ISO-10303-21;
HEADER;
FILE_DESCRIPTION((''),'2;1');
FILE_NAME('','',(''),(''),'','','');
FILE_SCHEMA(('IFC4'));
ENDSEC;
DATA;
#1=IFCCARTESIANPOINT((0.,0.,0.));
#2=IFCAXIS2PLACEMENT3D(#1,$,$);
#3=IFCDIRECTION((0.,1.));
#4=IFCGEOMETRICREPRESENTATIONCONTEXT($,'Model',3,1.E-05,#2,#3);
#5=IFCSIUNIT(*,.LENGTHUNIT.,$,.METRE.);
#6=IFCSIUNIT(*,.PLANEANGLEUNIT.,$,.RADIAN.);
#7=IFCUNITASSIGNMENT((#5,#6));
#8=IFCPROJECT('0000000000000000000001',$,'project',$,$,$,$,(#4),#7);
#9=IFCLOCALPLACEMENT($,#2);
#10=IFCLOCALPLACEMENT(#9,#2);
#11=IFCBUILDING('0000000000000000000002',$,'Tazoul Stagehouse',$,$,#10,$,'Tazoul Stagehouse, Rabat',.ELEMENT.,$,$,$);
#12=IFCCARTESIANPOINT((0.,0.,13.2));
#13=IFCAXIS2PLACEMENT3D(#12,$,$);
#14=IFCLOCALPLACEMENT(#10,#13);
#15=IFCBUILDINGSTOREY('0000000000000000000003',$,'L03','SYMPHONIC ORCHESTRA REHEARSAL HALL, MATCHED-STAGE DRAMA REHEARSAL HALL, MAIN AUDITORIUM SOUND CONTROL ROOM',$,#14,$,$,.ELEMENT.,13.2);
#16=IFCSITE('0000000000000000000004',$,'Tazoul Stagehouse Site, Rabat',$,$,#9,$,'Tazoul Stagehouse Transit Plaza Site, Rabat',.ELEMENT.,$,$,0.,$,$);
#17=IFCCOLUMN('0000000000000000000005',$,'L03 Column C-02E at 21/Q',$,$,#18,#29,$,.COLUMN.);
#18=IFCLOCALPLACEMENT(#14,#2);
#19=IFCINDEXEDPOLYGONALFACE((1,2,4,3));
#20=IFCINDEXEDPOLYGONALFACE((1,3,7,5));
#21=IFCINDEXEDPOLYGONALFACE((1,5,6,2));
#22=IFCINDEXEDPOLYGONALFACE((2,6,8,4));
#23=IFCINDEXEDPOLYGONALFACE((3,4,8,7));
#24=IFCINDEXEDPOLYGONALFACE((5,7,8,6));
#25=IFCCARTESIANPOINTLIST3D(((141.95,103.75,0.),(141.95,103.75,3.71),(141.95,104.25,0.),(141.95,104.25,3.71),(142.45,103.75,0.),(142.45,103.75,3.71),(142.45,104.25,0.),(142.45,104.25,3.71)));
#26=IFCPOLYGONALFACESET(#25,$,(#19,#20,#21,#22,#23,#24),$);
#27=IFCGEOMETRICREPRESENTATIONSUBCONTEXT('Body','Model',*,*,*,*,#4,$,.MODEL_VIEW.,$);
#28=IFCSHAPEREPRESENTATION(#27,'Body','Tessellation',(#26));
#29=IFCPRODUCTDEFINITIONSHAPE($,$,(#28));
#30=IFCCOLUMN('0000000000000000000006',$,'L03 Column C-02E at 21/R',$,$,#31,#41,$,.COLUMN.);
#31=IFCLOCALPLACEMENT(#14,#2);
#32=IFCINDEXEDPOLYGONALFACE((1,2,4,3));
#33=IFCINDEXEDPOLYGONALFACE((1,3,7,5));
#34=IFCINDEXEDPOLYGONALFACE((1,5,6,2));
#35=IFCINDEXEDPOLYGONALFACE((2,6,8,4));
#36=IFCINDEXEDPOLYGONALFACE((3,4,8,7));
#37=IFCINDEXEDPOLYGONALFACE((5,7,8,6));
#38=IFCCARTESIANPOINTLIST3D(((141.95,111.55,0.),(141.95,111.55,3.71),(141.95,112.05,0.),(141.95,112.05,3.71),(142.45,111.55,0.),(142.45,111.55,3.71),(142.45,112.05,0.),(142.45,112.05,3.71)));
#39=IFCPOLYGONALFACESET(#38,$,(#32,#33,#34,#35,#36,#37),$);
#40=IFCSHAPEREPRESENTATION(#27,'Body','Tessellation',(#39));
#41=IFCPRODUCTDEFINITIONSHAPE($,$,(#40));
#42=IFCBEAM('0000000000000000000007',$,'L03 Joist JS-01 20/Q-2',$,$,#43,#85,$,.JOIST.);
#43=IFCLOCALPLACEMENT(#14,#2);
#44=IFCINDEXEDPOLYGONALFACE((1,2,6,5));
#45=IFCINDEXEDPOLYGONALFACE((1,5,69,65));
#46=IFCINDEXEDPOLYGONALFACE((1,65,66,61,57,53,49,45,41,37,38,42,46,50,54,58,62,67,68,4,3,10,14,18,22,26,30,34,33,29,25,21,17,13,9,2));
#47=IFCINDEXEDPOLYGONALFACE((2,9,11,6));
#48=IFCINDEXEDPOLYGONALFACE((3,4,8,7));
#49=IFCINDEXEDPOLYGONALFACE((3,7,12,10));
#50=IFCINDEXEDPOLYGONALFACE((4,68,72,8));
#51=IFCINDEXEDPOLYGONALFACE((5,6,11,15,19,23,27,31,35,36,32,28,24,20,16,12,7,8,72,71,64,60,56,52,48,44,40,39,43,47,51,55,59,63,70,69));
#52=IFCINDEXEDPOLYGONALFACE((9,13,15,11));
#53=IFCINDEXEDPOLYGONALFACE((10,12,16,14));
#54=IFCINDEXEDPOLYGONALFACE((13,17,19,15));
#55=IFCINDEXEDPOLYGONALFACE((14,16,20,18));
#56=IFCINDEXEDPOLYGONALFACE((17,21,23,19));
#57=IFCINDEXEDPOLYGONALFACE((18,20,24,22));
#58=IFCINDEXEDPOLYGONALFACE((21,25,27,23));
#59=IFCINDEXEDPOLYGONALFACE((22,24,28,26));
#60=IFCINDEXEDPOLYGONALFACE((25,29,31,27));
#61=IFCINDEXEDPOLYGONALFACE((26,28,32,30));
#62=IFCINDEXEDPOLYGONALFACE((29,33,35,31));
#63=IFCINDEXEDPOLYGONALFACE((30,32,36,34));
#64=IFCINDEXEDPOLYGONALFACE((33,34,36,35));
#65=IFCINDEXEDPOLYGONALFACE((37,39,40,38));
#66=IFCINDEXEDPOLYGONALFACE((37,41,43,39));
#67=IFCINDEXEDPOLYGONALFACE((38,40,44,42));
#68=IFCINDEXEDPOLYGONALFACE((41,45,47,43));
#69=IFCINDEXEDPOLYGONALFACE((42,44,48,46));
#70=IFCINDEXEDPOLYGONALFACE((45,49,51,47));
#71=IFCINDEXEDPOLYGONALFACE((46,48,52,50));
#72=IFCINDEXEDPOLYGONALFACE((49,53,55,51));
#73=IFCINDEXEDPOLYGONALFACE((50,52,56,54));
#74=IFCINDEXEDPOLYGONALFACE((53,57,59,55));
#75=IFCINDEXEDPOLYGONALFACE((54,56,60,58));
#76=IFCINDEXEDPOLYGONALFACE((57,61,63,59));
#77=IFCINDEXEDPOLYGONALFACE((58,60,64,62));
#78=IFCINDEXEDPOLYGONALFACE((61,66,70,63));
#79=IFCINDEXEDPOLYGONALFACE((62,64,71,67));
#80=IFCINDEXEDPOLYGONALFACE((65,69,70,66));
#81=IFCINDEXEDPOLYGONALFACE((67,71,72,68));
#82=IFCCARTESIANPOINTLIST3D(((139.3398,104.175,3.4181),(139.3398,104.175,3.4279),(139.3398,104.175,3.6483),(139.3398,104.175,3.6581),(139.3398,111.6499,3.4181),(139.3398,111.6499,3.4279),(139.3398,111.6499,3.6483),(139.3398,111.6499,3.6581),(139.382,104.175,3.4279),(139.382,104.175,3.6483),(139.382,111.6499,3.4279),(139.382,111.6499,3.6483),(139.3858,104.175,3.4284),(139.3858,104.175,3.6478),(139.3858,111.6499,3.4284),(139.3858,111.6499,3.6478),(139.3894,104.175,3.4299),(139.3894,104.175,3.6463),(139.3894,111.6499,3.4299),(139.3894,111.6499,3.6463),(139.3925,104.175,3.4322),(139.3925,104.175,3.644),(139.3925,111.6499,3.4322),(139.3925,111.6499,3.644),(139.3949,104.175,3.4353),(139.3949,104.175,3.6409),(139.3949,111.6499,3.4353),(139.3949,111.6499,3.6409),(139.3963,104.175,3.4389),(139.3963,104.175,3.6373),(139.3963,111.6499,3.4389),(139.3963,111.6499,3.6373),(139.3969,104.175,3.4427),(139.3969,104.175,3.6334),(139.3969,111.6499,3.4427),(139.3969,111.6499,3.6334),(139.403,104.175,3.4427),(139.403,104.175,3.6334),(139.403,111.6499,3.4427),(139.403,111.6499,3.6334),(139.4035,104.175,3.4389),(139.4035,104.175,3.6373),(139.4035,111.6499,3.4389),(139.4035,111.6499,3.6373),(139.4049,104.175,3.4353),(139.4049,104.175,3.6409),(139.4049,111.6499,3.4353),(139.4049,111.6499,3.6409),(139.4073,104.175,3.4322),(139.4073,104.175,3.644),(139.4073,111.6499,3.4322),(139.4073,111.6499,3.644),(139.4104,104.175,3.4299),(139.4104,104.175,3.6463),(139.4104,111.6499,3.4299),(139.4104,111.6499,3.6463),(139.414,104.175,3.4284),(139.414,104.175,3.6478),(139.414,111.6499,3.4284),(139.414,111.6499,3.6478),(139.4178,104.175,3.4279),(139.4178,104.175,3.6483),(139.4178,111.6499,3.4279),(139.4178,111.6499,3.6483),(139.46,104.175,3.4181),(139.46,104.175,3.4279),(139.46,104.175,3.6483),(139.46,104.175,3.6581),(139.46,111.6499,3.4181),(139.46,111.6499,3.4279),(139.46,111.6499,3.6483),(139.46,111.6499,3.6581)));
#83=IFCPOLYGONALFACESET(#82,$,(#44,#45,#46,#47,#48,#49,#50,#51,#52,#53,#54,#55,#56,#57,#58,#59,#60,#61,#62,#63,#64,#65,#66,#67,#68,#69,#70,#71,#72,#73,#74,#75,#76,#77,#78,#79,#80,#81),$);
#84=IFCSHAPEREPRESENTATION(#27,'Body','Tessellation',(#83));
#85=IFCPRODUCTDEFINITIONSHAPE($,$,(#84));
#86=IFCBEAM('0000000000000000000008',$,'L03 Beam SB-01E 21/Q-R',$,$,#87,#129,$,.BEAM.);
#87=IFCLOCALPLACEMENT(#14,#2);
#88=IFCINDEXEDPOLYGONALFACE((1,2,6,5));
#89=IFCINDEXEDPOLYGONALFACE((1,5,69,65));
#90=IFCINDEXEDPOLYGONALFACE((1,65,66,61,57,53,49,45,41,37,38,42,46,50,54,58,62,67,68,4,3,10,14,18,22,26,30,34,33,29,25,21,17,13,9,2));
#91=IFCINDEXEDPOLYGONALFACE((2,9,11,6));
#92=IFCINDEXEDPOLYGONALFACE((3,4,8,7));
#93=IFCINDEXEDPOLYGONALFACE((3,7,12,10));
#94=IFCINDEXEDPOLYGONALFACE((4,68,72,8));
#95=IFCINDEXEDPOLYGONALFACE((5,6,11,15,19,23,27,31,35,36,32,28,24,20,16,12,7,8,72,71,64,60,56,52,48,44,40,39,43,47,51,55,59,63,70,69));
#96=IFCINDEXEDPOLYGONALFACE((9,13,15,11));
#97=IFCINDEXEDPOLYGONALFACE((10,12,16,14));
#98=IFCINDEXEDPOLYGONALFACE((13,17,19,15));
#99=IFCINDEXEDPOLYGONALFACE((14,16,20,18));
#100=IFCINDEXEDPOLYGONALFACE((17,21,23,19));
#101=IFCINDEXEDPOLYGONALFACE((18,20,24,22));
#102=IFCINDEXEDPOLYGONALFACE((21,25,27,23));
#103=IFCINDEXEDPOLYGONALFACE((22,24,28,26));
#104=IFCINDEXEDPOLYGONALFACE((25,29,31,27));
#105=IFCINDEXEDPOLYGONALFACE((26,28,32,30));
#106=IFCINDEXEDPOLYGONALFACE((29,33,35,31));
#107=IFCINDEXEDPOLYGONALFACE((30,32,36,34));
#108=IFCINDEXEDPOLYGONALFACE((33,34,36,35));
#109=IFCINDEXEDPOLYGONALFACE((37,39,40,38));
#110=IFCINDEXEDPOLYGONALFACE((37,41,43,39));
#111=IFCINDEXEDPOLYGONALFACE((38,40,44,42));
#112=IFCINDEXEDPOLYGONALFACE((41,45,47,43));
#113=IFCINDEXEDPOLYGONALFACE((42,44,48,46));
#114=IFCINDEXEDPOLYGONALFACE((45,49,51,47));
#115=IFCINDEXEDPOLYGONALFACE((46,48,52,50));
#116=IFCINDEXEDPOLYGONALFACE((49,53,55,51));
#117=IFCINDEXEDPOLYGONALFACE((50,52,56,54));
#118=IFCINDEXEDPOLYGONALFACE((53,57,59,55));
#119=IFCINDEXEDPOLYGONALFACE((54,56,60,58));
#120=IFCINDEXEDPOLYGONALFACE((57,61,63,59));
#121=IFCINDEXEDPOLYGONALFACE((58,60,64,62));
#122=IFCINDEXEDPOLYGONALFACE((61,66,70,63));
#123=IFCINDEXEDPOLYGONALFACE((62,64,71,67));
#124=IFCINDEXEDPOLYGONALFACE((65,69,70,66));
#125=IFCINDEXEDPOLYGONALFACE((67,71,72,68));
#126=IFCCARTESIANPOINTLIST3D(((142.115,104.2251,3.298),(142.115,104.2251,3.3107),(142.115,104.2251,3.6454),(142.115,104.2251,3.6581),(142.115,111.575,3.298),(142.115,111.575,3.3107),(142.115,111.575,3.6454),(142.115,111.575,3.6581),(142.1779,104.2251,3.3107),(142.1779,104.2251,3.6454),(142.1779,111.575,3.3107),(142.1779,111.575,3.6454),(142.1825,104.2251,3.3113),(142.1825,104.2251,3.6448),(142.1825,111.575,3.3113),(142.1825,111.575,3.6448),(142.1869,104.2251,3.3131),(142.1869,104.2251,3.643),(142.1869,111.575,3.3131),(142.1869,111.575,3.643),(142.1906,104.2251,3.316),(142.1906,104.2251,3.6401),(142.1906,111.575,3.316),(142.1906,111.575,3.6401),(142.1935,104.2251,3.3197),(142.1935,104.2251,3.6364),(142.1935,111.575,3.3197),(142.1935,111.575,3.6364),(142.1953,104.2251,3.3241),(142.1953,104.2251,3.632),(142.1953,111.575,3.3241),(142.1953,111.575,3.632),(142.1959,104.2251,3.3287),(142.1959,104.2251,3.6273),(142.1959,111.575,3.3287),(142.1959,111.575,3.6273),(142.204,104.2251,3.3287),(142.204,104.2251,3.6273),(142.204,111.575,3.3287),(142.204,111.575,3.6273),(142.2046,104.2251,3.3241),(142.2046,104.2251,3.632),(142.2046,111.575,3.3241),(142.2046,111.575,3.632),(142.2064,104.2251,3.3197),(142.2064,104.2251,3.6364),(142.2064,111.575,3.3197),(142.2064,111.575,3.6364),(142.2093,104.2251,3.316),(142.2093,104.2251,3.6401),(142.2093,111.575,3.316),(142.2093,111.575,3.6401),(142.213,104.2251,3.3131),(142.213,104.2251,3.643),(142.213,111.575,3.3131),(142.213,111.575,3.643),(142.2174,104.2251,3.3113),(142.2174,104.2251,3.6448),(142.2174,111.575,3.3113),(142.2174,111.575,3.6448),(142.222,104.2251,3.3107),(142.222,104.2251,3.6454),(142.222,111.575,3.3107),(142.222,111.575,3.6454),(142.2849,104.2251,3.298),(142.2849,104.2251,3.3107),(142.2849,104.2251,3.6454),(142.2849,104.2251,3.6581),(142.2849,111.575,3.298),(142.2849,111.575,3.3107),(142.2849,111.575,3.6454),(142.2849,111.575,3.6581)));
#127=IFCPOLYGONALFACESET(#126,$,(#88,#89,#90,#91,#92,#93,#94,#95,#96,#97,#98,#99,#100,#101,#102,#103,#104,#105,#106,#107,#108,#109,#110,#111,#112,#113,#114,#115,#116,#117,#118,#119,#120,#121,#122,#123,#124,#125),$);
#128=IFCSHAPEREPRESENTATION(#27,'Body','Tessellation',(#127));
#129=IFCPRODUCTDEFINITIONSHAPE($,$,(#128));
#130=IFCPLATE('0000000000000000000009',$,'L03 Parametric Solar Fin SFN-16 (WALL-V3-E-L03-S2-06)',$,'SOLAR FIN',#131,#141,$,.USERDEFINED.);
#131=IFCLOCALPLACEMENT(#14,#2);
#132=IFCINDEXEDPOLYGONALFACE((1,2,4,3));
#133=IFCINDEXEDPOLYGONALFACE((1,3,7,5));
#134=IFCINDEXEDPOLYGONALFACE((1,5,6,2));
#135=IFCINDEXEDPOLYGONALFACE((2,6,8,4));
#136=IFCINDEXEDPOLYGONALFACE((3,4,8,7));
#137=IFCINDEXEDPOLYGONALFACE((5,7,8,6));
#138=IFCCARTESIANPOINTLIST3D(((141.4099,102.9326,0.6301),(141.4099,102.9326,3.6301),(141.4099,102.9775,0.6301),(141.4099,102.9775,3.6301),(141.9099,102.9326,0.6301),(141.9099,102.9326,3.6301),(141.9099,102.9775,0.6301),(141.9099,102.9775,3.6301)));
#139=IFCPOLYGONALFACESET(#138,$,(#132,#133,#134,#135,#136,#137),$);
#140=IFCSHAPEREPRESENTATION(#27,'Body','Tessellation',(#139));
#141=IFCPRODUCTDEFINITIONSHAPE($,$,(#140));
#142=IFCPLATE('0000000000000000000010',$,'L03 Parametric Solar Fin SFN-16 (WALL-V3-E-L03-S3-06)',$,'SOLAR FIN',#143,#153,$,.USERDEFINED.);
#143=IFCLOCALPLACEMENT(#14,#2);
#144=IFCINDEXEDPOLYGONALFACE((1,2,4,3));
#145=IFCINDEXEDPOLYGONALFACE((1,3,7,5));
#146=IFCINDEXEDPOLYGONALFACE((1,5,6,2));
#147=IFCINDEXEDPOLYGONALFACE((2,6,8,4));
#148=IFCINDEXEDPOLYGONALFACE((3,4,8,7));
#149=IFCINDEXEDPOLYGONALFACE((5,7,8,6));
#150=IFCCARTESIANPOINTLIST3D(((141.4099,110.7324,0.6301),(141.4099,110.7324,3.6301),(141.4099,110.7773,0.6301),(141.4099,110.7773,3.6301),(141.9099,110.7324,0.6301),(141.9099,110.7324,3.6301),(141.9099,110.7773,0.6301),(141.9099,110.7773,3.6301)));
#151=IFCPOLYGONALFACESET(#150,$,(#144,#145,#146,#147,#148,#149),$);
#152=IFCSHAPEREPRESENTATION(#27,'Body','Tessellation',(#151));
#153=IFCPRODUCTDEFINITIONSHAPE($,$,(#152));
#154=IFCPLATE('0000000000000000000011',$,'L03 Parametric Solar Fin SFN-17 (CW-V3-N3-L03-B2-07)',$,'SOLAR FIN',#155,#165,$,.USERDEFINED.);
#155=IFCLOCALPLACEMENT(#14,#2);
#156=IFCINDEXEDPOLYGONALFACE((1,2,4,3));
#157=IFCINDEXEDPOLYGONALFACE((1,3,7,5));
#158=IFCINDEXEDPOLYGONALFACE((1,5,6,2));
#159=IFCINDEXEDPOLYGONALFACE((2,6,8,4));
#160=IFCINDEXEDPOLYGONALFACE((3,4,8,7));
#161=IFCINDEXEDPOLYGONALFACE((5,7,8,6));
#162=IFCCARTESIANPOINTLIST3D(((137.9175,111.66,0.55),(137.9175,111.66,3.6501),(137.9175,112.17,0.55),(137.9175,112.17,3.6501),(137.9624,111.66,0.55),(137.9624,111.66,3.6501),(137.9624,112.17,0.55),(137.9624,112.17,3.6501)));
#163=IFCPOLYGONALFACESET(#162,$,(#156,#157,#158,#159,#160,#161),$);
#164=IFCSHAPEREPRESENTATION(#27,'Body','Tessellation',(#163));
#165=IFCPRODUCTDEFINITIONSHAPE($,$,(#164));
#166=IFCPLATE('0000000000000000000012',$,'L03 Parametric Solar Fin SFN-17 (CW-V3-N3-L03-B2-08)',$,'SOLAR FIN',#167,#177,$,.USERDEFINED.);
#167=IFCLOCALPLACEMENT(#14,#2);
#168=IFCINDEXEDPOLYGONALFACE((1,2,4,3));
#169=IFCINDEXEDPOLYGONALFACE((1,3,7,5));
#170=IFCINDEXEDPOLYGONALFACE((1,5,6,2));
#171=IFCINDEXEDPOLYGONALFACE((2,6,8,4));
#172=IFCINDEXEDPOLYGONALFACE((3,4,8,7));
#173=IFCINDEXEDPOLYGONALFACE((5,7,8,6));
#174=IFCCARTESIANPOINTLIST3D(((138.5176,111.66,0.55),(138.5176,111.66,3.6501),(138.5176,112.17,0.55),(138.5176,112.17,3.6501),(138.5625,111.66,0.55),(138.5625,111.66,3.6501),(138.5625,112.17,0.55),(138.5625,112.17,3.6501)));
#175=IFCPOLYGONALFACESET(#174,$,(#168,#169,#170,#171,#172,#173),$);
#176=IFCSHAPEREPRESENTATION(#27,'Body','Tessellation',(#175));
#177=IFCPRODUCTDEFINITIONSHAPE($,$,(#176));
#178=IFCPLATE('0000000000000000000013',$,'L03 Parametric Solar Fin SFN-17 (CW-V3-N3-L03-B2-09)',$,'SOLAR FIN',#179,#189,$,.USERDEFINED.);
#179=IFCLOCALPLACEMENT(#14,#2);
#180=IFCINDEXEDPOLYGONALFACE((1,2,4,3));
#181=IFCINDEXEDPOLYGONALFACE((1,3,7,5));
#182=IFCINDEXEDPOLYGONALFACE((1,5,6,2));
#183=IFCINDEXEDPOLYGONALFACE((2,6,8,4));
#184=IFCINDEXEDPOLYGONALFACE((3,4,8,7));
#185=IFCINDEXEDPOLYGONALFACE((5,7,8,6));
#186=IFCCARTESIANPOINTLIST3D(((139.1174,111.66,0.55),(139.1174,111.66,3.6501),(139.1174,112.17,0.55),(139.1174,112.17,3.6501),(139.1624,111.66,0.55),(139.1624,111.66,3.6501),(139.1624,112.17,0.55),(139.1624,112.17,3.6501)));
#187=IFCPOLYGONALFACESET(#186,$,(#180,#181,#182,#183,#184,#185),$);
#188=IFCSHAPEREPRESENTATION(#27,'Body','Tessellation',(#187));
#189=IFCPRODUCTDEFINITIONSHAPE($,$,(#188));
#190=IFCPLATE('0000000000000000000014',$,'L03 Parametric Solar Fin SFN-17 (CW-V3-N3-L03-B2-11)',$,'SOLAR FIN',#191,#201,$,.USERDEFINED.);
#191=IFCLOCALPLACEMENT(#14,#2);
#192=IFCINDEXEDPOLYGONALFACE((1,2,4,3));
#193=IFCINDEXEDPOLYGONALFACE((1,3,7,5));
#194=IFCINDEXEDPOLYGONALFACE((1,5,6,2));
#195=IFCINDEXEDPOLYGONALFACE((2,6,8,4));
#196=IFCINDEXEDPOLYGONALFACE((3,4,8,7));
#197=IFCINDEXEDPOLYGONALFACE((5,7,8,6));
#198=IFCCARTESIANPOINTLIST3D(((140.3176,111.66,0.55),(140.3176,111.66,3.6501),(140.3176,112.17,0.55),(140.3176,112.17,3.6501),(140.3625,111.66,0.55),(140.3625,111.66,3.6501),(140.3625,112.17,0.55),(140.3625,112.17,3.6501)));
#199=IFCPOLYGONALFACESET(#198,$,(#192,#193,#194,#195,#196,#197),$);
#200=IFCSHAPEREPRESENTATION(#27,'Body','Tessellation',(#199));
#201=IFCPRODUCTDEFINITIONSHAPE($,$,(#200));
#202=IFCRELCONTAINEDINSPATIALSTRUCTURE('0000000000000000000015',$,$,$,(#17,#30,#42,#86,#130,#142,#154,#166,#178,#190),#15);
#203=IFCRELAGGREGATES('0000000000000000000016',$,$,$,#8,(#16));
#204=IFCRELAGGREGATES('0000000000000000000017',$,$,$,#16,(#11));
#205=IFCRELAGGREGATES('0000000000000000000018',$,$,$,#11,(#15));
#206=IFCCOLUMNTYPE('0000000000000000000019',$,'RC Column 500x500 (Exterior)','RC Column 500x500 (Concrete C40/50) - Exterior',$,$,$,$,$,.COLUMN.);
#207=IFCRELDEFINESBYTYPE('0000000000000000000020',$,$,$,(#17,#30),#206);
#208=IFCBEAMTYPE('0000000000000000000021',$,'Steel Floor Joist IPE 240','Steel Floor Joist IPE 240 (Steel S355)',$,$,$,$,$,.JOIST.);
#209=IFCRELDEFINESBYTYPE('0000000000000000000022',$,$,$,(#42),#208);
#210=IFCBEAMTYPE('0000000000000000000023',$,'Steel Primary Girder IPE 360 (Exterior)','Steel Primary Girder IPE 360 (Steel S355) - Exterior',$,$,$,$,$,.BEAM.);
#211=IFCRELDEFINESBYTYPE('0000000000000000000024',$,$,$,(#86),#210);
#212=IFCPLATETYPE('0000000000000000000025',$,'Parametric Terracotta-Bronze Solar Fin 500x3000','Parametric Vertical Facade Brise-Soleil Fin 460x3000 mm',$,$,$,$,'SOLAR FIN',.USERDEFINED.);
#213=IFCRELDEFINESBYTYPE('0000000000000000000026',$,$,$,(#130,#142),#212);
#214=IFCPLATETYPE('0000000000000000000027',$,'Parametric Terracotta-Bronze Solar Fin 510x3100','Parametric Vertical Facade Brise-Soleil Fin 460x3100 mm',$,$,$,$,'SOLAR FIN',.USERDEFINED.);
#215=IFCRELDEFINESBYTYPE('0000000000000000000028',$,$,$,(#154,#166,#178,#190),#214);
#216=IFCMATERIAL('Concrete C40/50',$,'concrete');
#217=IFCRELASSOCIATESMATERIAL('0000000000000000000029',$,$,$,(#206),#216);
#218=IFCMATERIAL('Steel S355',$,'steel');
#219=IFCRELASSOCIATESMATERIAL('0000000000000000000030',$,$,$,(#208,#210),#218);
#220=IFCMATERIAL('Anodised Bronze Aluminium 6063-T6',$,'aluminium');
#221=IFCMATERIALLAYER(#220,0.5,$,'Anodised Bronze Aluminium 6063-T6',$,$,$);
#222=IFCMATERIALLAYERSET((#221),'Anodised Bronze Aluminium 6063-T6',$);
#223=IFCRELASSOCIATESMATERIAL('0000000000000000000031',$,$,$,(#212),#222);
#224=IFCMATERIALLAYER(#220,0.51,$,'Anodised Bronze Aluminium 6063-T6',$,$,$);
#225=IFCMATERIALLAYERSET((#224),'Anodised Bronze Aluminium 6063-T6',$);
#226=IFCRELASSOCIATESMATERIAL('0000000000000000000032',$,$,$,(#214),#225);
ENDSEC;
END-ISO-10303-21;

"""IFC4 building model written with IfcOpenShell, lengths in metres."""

from ifc_helpers import new_model, si_unit, direction, frame, origin, origin_2d, place, context, subcontext, project, spatial, rectangle, i_section, extrude, material, layer, layer_set, material_profile, profile_set, type_object, element, save


model = new_model("IFC4")

# Units and contexts
model_context = context("Model", 3, precision=1e-05, world=origin(), true_north=direction((0.0, 1.0)))
body_context = subcontext(model_context, "Body", "Model", "MODEL_VIEW")
ifc_project = project(units=[si_unit("LENGTHUNIT", "METRE"), si_unit("PLANEANGLEUNIT", "RADIAN")], contexts=[model_context])

# Site, building, storey
site_placement = place(None, origin())
site = spatial("IfcSite", under=ifc_project, at=site_placement, Name="Tazoul Stagehouse Site, Rabat", LongName="Tazoul Stagehouse Transit Plaza Site, Rabat", CompositionType="ELEMENT", RefElevation=0.0)
building_placement = place(site_placement, origin())
building = spatial("IfcBuilding", under=site, at=building_placement, Name="Tazoul Stagehouse", LongName="Tazoul Stagehouse, Rabat", CompositionType="ELEMENT")
storey_placement = place(building_placement, frame((0.0, 0.0, 13.2)))
storey = spatial("IfcBuildingStorey", under=building, at=storey_placement, Name="L03", Description="SYMPHONIC ORCHESTRA REHEARSAL HALL, MATCHED-STAGE DRAMA REHEARSAL HALL, MAIN AUDITORIUM SOUND CONTROL ROOM", CompositionType="ELEMENT", Elevation=13.2)

# Columns
ifc_material_1 = material(Name="Concrete C40/50", Category="concrete")
ifc_material_profile_1 = material_profile(ifc_material_1, rectangle(XDim=0.5, YDim=0.5, at=origin_2d()), Name="RC 500x500")
ifc_profile_set_1 = profile_set([ifc_material_profile_1], Name="Concrete C40/50")
column_type = type_object("IfcColumnType", Name="RC Column 500x500 (Exterior)", Description="RC Column 500x500 (Concrete C40/50) - Exterior", PredefinedType="COLUMN", material=ifc_profile_set_1)
for number, where, z_axis, x_axis, name in (
    (1, (142.2, 104.0, 0.0), (0.0, 0.0, 1.0), (1.0, 0.0, 0.0), "L03 Column C-02E at 21/Q"),
    (2, (142.2, 111.8, 0.0), (0.0, 0.0, 1.0), (1.0, 0.0, 0.0), "L03 Column C-02E at 21/R"),
):
    element("IfcColumn", number, at=place(storey_placement, frame(where, z_axis=z_axis, x_axis=x_axis)), inside=storey, type_object=column_type, Name=name, PredefinedType="COLUMN", context=body_context, shape_type="SweptSolid", body=[
        extrude(rectangle(XDim=0.5, YDim=0.5, at=origin_2d()), origin(), (0.0, 0.0, 1.0), 3.71),
    ])

# Beams
ifc_material_2 = material(Name="Steel S355", Category="steel")
ifc_material_profile_2 = material_profile(ifc_material_2, i_section(OverallWidth=0.1201, OverallDepth=0.24, WebThickness=0.0061, FlangeThickness=0.0098, FilletRadius=0.0149, at=origin_2d()), Name="IPE 240")
ifc_profile_set_2 = profile_set([ifc_material_profile_2], Name="Steel S355")
beam_type_1 = type_object("IfcBeamType", Name="Steel Floor Joist IPE 240", Description="Steel Floor Joist IPE 240 (Steel S355)", PredefinedType="JOIST", material=ifc_profile_set_2)
beam_1_placement = place(storey_placement, frame((139.3999, 104.175, 3.5381), z_axis=(0.0, 1.0, 0.0), x_axis=(-1.0, 0.0, 0.0)))
element("IfcBeam", 3, at=beam_1_placement, inside=storey, type_object=beam_type_1, Name="L03 Joist JS-01 20/Q-2", PredefinedType="JOIST", context=body_context, shape_type="SweptSolid", body=[
    extrude(i_section(OverallWidth=0.1201, OverallDepth=0.24, WebThickness=0.0061, FlangeThickness=0.0098, FilletRadius=0.0149, at=origin_2d()), origin(), (0.0, 0.0, 1.0), 7.4749),
])
ifc_material_profile_3 = material_profile(ifc_material_2, i_section(OverallWidth=0.1699, OverallDepth=0.3601, WebThickness=0.0081, FlangeThickness=0.0127, FilletRadius=0.0181, at=origin_2d()), Name="IPE 360")
ifc_profile_set_3 = profile_set([ifc_material_profile_3], Name="Steel S355")
beam_type_2 = type_object("IfcBeamType", Name="Steel Primary Girder IPE 360 (Exterior)", Description="Steel Primary Girder IPE 360 (Steel S355) - Exterior", PredefinedType="BEAM", material=ifc_profile_set_3)
beam_2_placement = place(storey_placement, frame((142.2, 104.2251, 3.478), z_axis=(0.0, 1.0, 0.0), x_axis=(-1.0, 0.0, 0.0)))
element("IfcBeam", 4, at=beam_2_placement, inside=storey, type_object=beam_type_2, Name="L03 Beam SB-01E 21/Q-R", PredefinedType="BEAM", context=body_context, shape_type="SweptSolid", body=[
    extrude(i_section(OverallWidth=0.1699, OverallDepth=0.3601, WebThickness=0.0081, FlangeThickness=0.0127, FilletRadius=0.0181, at=origin_2d()), origin(), (0.0, 0.0, 1.0), 7.3499),
])

# Plates
ifc_material_3 = material(Name="Anodised Bronze Aluminium 6063-T6", Category="aluminium")
ifc_layer_1 = layer(ifc_material_3, 0.5, Name="Anodised Bronze Aluminium 6063-T6")
ifc_layer_set_1 = layer_set([ifc_layer_1], Name="Anodised Bronze Aluminium 6063-T6")
plate_type_1 = type_object("IfcPlateType", Name="Parametric Terracotta-Bronze Solar Fin 500x3000", Description="Parametric Vertical Facade Brise-Soleil Fin 460x3000 mm", ElementType="SOLAR FIN", PredefinedType="USERDEFINED", material=ifc_layer_set_1)
for number, where, z_axis, x_axis, name in (
    (5, (141.6599, 102.9551, 0.6301), (0.0, 0.0, 1.0), (0.0, 1.0, 0.0), "L03 Parametric Solar Fin SFN-16 (WALL-V3-E-L03-S2-06)"),
    (6, (141.6599, 110.7549, 0.6301), (0.0, 0.0, 1.0), (0.0, 1.0, 0.0), "L03 Parametric Solar Fin SFN-16 (WALL-V3-E-L03-S3-06)"),
):
    element("IfcPlate", number, at=place(storey_placement, frame(where, z_axis=z_axis, x_axis=x_axis)), inside=storey, type_object=plate_type_1, Name=name, ObjectType="SOLAR FIN", PredefinedType="USERDEFINED", context=body_context, shape_type="SweptSolid", body=[
        extrude(rectangle(XDim=0.0449, YDim=0.5, at=origin_2d()), origin(), (0.0, 0.0, 1.0), 3.0),
    ])
ifc_layer_2 = layer(ifc_material_3, 0.51, Name="Anodised Bronze Aluminium 6063-T6")
ifc_layer_set_2 = layer_set([ifc_layer_2], Name="Anodised Bronze Aluminium 6063-T6")
plate_type_2 = type_object("IfcPlateType", Name="Parametric Terracotta-Bronze Solar Fin 510x3100", Description="Parametric Vertical Facade Brise-Soleil Fin 460x3100 mm", ElementType="SOLAR FIN", PredefinedType="USERDEFINED", material=ifc_layer_set_2)
for number, where, z_axis, x_axis, name in (
    (7, (137.9399, 111.915, 0.55), (0.0, 0.0, 1.0), (1.0, 0.0, 0.0), "L03 Parametric Solar Fin SFN-17 (CW-V3-N3-L03-B2-07)"),
    (8, (138.54, 111.915, 0.55), (0.0, 0.0, 1.0), (1.0, 0.0, 0.0), "L03 Parametric Solar Fin SFN-17 (CW-V3-N3-L03-B2-08)"),
    (9, (139.1399, 111.915, 0.55), (0.0, 0.0, 1.0), (1.0, 0.0, 0.0), "L03 Parametric Solar Fin SFN-17 (CW-V3-N3-L03-B2-09)"),
    (10, (140.3401, 111.915, 0.55), (0.0, 0.0, 1.0), (1.0, 0.0, 0.0), "L03 Parametric Solar Fin SFN-17 (CW-V3-N3-L03-B2-11)"),
):
    element("IfcPlate", number, at=place(storey_placement, frame(where, z_axis=z_axis, x_axis=x_axis)), inside=storey, type_object=plate_type_2, Name=name, ObjectType="SOLAR FIN", PredefinedType="USERDEFINED", context=body_context, shape_type="SweptSolid", body=[
        extrude(rectangle(XDim=0.0449, YDim=0.51, at=origin_2d()), origin(), (0.0, 0.0, 1.0), 3.1001),
    ])

save(model, "model.ifc")
